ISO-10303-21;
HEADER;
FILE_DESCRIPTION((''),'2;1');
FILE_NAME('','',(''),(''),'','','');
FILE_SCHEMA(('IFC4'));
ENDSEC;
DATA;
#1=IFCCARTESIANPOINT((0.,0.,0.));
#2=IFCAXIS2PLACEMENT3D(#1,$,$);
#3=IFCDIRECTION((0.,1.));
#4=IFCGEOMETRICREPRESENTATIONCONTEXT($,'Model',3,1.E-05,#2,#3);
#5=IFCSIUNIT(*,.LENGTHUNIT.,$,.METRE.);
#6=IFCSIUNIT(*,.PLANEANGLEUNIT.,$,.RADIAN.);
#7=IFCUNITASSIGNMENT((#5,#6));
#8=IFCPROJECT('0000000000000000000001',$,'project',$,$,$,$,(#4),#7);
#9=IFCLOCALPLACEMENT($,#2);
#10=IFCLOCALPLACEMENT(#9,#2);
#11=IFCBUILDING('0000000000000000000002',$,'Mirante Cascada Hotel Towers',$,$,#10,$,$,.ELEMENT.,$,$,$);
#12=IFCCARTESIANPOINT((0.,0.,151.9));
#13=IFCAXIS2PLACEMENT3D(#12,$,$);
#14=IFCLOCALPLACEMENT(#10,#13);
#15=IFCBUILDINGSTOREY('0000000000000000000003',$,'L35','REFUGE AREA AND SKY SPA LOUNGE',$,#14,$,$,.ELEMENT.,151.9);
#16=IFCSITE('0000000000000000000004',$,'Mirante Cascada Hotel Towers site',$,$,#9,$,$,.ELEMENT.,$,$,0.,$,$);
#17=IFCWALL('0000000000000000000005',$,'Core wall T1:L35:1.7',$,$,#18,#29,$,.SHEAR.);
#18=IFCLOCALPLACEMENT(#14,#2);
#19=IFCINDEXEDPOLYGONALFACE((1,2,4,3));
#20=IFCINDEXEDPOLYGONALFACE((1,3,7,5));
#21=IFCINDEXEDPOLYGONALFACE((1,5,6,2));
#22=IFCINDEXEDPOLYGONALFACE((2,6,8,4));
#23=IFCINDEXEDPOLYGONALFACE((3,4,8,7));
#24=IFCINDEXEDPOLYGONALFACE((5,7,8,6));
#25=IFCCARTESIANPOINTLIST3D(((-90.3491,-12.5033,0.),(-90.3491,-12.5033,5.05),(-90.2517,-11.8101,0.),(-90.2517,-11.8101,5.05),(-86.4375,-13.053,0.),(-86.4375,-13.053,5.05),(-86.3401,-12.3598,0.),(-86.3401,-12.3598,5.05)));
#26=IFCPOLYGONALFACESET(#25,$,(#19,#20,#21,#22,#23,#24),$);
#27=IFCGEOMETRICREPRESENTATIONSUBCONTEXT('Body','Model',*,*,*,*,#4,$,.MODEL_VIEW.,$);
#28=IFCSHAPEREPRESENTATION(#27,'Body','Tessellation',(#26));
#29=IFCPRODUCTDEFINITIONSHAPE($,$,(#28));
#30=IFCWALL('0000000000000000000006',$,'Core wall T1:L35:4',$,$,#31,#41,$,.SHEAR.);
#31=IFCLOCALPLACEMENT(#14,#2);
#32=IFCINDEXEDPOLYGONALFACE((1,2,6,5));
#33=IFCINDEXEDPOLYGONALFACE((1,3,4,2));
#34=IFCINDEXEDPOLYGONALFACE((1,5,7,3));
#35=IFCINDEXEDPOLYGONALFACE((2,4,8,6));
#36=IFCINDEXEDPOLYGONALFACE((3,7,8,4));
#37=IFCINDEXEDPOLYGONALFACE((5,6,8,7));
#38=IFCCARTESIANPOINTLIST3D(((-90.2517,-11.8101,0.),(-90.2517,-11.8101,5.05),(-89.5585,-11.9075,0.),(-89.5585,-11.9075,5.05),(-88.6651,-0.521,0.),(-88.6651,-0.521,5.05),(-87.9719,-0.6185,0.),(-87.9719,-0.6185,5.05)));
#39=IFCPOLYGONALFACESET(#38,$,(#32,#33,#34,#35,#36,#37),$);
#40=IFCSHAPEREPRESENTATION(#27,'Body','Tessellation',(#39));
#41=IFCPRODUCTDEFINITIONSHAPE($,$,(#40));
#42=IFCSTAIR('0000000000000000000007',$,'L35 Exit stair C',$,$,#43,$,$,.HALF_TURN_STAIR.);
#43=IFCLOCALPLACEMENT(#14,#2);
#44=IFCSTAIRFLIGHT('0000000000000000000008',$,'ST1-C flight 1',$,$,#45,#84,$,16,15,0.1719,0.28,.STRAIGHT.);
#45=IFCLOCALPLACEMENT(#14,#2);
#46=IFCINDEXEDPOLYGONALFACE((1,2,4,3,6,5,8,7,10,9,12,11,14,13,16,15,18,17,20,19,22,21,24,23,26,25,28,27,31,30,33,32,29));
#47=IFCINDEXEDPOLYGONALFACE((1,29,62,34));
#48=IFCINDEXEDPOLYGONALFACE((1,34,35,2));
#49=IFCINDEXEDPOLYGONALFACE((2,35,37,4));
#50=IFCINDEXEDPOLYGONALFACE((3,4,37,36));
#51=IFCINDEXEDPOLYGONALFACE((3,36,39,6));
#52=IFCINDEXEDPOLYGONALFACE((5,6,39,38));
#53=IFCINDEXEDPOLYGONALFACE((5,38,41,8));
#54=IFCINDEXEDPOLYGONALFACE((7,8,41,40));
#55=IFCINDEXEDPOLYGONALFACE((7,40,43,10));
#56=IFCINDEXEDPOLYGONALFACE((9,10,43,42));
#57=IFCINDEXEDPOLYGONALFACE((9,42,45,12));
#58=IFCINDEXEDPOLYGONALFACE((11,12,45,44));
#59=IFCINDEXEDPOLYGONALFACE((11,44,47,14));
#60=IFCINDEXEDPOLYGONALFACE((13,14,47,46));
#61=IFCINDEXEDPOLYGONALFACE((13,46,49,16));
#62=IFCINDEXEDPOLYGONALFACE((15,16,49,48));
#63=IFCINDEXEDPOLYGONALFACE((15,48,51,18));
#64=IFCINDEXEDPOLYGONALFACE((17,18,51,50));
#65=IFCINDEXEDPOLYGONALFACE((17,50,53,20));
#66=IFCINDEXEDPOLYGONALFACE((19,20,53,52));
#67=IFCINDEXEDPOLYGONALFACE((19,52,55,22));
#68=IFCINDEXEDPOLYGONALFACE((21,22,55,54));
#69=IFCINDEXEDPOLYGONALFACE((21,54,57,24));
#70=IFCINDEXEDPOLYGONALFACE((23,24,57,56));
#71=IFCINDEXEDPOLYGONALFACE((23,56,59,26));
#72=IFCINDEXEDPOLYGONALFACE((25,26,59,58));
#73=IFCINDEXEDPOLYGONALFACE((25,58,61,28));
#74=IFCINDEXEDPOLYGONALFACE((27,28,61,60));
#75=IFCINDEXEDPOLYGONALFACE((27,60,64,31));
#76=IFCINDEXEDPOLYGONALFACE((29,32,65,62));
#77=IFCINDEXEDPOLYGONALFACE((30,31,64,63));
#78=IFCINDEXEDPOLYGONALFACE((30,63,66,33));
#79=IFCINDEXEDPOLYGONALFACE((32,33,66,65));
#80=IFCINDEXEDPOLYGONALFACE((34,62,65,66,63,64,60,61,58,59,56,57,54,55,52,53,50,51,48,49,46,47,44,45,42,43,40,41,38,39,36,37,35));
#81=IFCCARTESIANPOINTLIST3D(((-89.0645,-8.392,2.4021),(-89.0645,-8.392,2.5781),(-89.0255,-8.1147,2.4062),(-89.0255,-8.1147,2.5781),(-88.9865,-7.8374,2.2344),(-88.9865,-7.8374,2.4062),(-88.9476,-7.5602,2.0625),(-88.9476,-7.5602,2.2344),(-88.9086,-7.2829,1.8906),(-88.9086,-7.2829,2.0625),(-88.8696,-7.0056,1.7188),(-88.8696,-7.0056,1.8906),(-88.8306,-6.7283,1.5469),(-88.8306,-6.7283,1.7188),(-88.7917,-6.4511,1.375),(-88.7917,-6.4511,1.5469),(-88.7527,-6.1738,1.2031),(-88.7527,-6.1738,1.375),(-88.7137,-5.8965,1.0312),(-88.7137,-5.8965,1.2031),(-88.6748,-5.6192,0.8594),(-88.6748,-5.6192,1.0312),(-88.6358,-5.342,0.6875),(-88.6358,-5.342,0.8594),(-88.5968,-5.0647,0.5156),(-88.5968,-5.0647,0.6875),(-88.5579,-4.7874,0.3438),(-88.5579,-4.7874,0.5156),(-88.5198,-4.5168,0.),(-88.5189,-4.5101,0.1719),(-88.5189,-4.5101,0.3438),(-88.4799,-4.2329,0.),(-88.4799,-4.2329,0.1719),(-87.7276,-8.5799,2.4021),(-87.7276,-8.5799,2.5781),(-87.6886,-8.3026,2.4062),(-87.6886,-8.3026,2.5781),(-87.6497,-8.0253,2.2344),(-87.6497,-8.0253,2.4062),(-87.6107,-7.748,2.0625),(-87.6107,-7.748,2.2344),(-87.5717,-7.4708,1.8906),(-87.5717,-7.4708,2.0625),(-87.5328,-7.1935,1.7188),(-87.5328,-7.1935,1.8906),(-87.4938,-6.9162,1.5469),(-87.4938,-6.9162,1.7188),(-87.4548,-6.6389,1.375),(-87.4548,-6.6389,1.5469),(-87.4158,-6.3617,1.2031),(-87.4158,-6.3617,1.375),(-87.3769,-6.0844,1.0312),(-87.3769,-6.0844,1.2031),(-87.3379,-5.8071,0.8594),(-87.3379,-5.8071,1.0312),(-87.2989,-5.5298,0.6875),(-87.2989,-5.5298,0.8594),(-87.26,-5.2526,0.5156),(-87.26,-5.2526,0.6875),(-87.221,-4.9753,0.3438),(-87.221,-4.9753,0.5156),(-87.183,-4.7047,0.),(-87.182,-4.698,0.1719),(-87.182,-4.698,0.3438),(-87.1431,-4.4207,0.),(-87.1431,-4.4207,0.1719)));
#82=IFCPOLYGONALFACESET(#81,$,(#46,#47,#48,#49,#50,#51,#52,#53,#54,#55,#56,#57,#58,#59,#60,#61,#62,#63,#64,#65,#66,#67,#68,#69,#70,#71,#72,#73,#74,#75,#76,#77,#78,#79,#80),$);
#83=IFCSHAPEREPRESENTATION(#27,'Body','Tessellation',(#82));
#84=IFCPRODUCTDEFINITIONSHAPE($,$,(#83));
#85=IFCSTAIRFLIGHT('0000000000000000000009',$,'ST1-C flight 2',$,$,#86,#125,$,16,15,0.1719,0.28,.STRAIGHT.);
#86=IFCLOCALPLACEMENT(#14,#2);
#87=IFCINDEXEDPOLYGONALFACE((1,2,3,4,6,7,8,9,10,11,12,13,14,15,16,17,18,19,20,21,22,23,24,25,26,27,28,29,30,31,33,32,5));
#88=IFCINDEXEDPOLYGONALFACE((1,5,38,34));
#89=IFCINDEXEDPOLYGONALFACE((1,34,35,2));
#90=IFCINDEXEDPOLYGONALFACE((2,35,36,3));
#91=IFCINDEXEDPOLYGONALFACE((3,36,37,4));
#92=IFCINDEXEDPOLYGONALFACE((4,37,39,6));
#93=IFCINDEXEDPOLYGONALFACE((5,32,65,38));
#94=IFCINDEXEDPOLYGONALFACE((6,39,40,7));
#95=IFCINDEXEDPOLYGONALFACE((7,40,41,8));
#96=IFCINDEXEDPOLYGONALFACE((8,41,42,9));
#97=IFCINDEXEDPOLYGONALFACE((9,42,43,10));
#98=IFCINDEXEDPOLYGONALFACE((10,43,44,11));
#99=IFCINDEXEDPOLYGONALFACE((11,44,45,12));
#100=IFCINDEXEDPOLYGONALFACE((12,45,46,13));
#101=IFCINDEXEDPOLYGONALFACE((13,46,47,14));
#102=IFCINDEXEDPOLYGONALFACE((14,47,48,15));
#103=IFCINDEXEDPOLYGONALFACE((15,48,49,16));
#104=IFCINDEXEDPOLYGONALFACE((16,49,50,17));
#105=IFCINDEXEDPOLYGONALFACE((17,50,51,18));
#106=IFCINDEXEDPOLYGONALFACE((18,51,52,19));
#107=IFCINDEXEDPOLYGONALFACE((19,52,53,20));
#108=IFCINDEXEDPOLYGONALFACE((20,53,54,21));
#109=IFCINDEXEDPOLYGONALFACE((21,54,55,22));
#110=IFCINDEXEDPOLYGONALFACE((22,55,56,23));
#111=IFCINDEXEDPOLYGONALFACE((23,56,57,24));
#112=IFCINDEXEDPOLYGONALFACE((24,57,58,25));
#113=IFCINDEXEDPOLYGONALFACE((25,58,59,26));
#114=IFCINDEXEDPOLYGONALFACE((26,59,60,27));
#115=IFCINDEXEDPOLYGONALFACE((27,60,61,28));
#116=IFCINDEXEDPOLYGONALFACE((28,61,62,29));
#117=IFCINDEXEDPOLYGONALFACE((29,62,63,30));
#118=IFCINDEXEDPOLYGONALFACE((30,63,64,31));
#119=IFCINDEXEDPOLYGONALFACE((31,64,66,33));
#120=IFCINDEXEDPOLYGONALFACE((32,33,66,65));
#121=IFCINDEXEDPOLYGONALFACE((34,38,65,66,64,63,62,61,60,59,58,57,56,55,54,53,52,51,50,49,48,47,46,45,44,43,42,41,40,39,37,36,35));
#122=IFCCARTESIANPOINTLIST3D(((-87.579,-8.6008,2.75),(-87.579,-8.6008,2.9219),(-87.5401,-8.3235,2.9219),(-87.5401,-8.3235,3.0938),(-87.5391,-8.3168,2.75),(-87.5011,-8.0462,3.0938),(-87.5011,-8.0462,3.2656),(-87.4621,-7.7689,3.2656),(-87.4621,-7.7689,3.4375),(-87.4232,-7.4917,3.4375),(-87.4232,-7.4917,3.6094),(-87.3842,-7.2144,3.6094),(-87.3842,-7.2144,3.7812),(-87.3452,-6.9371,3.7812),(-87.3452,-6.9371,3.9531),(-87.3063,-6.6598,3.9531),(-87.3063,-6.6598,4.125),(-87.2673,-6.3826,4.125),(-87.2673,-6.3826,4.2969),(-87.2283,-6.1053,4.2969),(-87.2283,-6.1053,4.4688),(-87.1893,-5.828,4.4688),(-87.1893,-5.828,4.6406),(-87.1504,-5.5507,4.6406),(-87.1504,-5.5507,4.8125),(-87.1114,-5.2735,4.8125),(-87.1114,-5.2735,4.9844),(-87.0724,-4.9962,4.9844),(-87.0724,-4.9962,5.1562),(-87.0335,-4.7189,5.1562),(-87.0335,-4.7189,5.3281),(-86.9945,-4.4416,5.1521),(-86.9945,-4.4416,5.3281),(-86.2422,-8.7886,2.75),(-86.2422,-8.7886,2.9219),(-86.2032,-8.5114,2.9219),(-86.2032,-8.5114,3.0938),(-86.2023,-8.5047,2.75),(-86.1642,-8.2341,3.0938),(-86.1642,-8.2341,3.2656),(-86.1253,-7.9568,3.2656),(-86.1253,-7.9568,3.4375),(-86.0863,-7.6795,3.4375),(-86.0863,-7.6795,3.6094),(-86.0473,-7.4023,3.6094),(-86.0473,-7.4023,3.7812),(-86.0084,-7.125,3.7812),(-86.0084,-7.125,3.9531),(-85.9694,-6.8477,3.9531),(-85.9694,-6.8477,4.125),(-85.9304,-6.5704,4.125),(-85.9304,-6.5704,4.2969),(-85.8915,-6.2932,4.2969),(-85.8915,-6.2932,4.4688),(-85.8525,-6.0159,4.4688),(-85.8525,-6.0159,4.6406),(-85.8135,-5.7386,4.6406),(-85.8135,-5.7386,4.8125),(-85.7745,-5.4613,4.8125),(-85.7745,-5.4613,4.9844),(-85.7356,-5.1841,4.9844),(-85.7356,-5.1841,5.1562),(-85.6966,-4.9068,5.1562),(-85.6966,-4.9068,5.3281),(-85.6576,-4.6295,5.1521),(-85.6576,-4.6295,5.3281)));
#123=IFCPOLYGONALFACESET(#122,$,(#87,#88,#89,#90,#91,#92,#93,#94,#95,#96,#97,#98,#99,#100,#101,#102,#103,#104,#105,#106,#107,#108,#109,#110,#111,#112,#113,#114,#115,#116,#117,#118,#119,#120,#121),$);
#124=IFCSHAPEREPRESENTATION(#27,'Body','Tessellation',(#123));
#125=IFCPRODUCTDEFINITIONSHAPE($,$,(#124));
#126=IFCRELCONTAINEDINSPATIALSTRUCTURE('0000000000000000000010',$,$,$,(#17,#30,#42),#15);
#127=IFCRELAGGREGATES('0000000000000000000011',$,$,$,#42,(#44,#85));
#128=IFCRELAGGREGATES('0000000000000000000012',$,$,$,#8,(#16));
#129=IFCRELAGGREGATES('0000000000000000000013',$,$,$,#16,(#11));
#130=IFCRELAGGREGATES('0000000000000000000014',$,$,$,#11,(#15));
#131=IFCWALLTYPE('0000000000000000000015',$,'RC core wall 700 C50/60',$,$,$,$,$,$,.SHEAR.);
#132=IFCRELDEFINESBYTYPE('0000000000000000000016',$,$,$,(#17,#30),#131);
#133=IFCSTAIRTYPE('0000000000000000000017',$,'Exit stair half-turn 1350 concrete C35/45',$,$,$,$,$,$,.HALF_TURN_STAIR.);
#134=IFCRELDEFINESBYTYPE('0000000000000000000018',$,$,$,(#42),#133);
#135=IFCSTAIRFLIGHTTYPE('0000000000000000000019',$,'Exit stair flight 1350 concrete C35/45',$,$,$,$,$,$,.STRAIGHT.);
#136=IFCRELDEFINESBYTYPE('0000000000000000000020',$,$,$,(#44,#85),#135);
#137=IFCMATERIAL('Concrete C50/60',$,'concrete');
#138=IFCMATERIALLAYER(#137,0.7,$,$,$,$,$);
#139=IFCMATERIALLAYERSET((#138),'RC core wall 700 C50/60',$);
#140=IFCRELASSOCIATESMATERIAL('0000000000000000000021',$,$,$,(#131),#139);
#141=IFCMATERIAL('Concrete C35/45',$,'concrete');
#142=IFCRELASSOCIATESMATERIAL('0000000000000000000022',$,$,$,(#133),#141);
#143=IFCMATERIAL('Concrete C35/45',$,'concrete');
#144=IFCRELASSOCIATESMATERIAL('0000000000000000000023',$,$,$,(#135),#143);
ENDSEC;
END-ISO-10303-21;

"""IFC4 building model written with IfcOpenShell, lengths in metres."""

from ifc_helpers import new_model, si_unit, direction, frame, frame_2d, origin, place, context, subcontext, project, spatial, polyline, rectangle, outline, extrude, material, layer, layer_set, type_object, element, aggregate, save


model = new_model("IFC4")

# Units and contexts
model_context = context("Model", 3, precision=1e-05, world=origin(), true_north=direction((0.0, 1.0)))
body_context = subcontext(model_context, "Body", "Model", "MODEL_VIEW")
ifc_project = project(units=[si_unit("LENGTHUNIT", "METRE"), si_unit("PLANEANGLEUNIT", "RADIAN")], contexts=[model_context])

# Site, building, storey
site_placement = place(None, origin())
site = spatial("IfcSite", under=ifc_project, at=site_placement, Name="Mirante Cascada Hotel Towers site", CompositionType="ELEMENT", RefElevation=0.0)
building_placement = place(site_placement, origin())
building = spatial("IfcBuilding", under=site, at=building_placement, Name="Mirante Cascada Hotel Towers", CompositionType="ELEMENT")
storey_placement = place(building_placement, frame((0.0, 0.0, 151.9)))
storey = spatial("IfcBuildingStorey", under=building, at=storey_placement, Name="L35", Description="REFUGE AREA AND SKY SPA LOUNGE", CompositionType="ELEMENT", Elevation=151.9)

# Walls
ifc_material_1 = material(Name="Concrete C50/60", Category="concrete")
ifc_layer_1 = layer(ifc_material_1, 0.7)
ifc_layer_set_1 = layer_set([ifc_layer_1], Name="RC core wall 700 C50/60")
wall_type_1 = type_object("IfcWallType", Name="RC core wall 700 C50/60", PredefinedType="SHEAR", material=ifc_layer_set_1)
wall_1_placement = place(storey_placement, frame((-86.3888, -12.7064, 0.0), z_axis=(0.0, 0.0, 1.0), x_axis=(-0.990269, 0.139163, 0.0)))
element("IfcWall", 1, at=wall_1_placement, inside=storey, type_object=wall_type_1, Name="Core wall T1:L35:1.7", PredefinedType="SHEAR", context=body_context, shape_type="SweptSolid", body=[
    extrude(rectangle(XDim=3.95, YDim=0.7, at=frame_2d((1.975, 0.0))), origin(), (0.0, 0.0, 1.0), 5.05),
])
wall_2_placement = place(storey_placement, frame((-89.9051, -11.8588, 0.0), z_axis=(0.0, 0.0, 1.0), x_axis=(0.139175, 0.990268, 0.0)))
element("IfcWall", 2, at=wall_2_placement, inside=storey, type_object=wall_type_1, Name="Core wall T1:L35:4", PredefinedType="SHEAR", context=body_context, shape_type="SweptSolid", body=[
    extrude(rectangle(XDim=11.4, YDim=0.7, at=frame_2d((5.7, 0.0))), origin(), (0.0, 0.0, 1.0), 5.05),
])

# Stair, stair flights
ifc_material_2 = material(Name="Concrete C35/45", Category="concrete")
stair_type = type_object("IfcStairType", Name="Exit stair half-turn 1350 concrete C35/45", PredefinedType="HALF_TURN_STAIR", material=ifc_material_2)
stair_placement = place(storey_placement, origin())
stair = element("IfcStair", 3, at=stair_placement, inside=storey, type_object=stair_type, Name="L35 Exit stair C", PredefinedType="HALF_TURN_STAIR")
ifc_material_3 = material(Name="Concrete C35/45", Category="concrete")
stair_flight_type = type_object("IfcStairFlightType", Name="Exit stair flight 1350 concrete C35/45", PredefinedType="STRAIGHT", material=ifc_material_3)
stair_flight_1_placement = place(storey_placement, frame((-87.8115, -4.3268, 0.0), z_axis=(0.0, 0.0, 1.0), x_axis=(-0.139173, -0.990268, 0.0)))
stair_flight_1 = element("IfcStairFlight", 4, at=stair_flight_1_placement, type_object=stair_flight_type, Name="ST1-C flight 1", NumberOfRisers=16, NumberOfTreads=15, PredefinedType="STRAIGHT", RiserHeight=0.1719, TreadLength=0.28, context=body_context, shape_type="SweptSolid", body=[
    extrude(outline(polyline([(0.0, 0.0), (0.0, 0.1719), (0.28, 0.1719), (0.28, 0.3438), (0.56, 0.3438), (0.56, 0.5156), (0.84, 0.5156), (0.84, 0.6875), (1.12, 0.6875), (1.12, 0.8594), (1.4, 0.8594), (1.4, 1.0312), (1.68, 1.0312), (1.68, 1.2031), (1.96, 1.2031), (1.96, 1.375), (2.24, 1.375), (2.24, 1.5469), (2.52, 1.5469), (2.52, 1.7188), (2.8, 1.7188), (2.8, 1.8906), (3.08, 1.8906), (3.08, 2.0625), (3.36, 2.0625), (3.36, 2.2344), (3.64, 2.2344), (3.64, 2.4062), (3.92, 2.4062), (3.92, 2.5781), (4.2, 2.5781), (4.2, 2.75), (4.2, 2.4021), (0.2867, 0.0), (0.0, 0.0)])), frame((0.0, 0.675, 0.0), z_axis=(0.0, -1.0, 0.0), x_axis=(1.0, 0.0, 0.0)), (0.0, 0.0, 1.0), 1.35),
])
stair_flight_2_placement = place(storey_placement, frame((-86.9106, -8.6947, 2.75), z_axis=(0.0, 0.0, 1.0), x_axis=(0.139173, 0.990268, 0.0)))
stair_flight_2 = element("IfcStairFlight", 5, at=stair_flight_2_placement, type_object=stair_flight_type, Name="ST1-C flight 2", NumberOfRisers=16, NumberOfTreads=15, PredefinedType="STRAIGHT", RiserHeight=0.1719, TreadLength=0.28, context=body_context, shape_type="SweptSolid", body=[
    extrude(outline(polyline([(0.0, 0.0), (0.0, 0.1719), (0.28, 0.1719), (0.28, 0.3438), (0.56, 0.3438), (0.56, 0.5156), (0.84, 0.5156), (0.84, 0.6875), (1.12, 0.6875), (1.12, 0.8594), (1.4, 0.8594), (1.4, 1.0312), (1.68, 1.0312), (1.68, 1.2031), (1.96, 1.2031), (1.96, 1.375), (2.24, 1.375), (2.24, 1.5469), (2.52, 1.5469), (2.52, 1.7188), (2.8, 1.7188), (2.8, 1.8906), (3.08, 1.8906), (3.08, 2.0625), (3.36, 2.0625), (3.36, 2.2344), (3.64, 2.2344), (3.64, 2.4062), (3.92, 2.4062), (3.92, 2.5781), (4.2, 2.5781), (4.2, 2.75), (4.2, 2.4021), (0.2867, 0.0), (0.0, 0.0)])), frame((0.0, 0.675, 0.0), z_axis=(0.0, -1.0, 0.0), x_axis=(1.0, 0.0, 0.0)), (0.0, 0.0, 1.0), 1.35),
])
aggregate(stair, [stair_flight_1, stair_flight_2])

save(model, "model.ifc")
